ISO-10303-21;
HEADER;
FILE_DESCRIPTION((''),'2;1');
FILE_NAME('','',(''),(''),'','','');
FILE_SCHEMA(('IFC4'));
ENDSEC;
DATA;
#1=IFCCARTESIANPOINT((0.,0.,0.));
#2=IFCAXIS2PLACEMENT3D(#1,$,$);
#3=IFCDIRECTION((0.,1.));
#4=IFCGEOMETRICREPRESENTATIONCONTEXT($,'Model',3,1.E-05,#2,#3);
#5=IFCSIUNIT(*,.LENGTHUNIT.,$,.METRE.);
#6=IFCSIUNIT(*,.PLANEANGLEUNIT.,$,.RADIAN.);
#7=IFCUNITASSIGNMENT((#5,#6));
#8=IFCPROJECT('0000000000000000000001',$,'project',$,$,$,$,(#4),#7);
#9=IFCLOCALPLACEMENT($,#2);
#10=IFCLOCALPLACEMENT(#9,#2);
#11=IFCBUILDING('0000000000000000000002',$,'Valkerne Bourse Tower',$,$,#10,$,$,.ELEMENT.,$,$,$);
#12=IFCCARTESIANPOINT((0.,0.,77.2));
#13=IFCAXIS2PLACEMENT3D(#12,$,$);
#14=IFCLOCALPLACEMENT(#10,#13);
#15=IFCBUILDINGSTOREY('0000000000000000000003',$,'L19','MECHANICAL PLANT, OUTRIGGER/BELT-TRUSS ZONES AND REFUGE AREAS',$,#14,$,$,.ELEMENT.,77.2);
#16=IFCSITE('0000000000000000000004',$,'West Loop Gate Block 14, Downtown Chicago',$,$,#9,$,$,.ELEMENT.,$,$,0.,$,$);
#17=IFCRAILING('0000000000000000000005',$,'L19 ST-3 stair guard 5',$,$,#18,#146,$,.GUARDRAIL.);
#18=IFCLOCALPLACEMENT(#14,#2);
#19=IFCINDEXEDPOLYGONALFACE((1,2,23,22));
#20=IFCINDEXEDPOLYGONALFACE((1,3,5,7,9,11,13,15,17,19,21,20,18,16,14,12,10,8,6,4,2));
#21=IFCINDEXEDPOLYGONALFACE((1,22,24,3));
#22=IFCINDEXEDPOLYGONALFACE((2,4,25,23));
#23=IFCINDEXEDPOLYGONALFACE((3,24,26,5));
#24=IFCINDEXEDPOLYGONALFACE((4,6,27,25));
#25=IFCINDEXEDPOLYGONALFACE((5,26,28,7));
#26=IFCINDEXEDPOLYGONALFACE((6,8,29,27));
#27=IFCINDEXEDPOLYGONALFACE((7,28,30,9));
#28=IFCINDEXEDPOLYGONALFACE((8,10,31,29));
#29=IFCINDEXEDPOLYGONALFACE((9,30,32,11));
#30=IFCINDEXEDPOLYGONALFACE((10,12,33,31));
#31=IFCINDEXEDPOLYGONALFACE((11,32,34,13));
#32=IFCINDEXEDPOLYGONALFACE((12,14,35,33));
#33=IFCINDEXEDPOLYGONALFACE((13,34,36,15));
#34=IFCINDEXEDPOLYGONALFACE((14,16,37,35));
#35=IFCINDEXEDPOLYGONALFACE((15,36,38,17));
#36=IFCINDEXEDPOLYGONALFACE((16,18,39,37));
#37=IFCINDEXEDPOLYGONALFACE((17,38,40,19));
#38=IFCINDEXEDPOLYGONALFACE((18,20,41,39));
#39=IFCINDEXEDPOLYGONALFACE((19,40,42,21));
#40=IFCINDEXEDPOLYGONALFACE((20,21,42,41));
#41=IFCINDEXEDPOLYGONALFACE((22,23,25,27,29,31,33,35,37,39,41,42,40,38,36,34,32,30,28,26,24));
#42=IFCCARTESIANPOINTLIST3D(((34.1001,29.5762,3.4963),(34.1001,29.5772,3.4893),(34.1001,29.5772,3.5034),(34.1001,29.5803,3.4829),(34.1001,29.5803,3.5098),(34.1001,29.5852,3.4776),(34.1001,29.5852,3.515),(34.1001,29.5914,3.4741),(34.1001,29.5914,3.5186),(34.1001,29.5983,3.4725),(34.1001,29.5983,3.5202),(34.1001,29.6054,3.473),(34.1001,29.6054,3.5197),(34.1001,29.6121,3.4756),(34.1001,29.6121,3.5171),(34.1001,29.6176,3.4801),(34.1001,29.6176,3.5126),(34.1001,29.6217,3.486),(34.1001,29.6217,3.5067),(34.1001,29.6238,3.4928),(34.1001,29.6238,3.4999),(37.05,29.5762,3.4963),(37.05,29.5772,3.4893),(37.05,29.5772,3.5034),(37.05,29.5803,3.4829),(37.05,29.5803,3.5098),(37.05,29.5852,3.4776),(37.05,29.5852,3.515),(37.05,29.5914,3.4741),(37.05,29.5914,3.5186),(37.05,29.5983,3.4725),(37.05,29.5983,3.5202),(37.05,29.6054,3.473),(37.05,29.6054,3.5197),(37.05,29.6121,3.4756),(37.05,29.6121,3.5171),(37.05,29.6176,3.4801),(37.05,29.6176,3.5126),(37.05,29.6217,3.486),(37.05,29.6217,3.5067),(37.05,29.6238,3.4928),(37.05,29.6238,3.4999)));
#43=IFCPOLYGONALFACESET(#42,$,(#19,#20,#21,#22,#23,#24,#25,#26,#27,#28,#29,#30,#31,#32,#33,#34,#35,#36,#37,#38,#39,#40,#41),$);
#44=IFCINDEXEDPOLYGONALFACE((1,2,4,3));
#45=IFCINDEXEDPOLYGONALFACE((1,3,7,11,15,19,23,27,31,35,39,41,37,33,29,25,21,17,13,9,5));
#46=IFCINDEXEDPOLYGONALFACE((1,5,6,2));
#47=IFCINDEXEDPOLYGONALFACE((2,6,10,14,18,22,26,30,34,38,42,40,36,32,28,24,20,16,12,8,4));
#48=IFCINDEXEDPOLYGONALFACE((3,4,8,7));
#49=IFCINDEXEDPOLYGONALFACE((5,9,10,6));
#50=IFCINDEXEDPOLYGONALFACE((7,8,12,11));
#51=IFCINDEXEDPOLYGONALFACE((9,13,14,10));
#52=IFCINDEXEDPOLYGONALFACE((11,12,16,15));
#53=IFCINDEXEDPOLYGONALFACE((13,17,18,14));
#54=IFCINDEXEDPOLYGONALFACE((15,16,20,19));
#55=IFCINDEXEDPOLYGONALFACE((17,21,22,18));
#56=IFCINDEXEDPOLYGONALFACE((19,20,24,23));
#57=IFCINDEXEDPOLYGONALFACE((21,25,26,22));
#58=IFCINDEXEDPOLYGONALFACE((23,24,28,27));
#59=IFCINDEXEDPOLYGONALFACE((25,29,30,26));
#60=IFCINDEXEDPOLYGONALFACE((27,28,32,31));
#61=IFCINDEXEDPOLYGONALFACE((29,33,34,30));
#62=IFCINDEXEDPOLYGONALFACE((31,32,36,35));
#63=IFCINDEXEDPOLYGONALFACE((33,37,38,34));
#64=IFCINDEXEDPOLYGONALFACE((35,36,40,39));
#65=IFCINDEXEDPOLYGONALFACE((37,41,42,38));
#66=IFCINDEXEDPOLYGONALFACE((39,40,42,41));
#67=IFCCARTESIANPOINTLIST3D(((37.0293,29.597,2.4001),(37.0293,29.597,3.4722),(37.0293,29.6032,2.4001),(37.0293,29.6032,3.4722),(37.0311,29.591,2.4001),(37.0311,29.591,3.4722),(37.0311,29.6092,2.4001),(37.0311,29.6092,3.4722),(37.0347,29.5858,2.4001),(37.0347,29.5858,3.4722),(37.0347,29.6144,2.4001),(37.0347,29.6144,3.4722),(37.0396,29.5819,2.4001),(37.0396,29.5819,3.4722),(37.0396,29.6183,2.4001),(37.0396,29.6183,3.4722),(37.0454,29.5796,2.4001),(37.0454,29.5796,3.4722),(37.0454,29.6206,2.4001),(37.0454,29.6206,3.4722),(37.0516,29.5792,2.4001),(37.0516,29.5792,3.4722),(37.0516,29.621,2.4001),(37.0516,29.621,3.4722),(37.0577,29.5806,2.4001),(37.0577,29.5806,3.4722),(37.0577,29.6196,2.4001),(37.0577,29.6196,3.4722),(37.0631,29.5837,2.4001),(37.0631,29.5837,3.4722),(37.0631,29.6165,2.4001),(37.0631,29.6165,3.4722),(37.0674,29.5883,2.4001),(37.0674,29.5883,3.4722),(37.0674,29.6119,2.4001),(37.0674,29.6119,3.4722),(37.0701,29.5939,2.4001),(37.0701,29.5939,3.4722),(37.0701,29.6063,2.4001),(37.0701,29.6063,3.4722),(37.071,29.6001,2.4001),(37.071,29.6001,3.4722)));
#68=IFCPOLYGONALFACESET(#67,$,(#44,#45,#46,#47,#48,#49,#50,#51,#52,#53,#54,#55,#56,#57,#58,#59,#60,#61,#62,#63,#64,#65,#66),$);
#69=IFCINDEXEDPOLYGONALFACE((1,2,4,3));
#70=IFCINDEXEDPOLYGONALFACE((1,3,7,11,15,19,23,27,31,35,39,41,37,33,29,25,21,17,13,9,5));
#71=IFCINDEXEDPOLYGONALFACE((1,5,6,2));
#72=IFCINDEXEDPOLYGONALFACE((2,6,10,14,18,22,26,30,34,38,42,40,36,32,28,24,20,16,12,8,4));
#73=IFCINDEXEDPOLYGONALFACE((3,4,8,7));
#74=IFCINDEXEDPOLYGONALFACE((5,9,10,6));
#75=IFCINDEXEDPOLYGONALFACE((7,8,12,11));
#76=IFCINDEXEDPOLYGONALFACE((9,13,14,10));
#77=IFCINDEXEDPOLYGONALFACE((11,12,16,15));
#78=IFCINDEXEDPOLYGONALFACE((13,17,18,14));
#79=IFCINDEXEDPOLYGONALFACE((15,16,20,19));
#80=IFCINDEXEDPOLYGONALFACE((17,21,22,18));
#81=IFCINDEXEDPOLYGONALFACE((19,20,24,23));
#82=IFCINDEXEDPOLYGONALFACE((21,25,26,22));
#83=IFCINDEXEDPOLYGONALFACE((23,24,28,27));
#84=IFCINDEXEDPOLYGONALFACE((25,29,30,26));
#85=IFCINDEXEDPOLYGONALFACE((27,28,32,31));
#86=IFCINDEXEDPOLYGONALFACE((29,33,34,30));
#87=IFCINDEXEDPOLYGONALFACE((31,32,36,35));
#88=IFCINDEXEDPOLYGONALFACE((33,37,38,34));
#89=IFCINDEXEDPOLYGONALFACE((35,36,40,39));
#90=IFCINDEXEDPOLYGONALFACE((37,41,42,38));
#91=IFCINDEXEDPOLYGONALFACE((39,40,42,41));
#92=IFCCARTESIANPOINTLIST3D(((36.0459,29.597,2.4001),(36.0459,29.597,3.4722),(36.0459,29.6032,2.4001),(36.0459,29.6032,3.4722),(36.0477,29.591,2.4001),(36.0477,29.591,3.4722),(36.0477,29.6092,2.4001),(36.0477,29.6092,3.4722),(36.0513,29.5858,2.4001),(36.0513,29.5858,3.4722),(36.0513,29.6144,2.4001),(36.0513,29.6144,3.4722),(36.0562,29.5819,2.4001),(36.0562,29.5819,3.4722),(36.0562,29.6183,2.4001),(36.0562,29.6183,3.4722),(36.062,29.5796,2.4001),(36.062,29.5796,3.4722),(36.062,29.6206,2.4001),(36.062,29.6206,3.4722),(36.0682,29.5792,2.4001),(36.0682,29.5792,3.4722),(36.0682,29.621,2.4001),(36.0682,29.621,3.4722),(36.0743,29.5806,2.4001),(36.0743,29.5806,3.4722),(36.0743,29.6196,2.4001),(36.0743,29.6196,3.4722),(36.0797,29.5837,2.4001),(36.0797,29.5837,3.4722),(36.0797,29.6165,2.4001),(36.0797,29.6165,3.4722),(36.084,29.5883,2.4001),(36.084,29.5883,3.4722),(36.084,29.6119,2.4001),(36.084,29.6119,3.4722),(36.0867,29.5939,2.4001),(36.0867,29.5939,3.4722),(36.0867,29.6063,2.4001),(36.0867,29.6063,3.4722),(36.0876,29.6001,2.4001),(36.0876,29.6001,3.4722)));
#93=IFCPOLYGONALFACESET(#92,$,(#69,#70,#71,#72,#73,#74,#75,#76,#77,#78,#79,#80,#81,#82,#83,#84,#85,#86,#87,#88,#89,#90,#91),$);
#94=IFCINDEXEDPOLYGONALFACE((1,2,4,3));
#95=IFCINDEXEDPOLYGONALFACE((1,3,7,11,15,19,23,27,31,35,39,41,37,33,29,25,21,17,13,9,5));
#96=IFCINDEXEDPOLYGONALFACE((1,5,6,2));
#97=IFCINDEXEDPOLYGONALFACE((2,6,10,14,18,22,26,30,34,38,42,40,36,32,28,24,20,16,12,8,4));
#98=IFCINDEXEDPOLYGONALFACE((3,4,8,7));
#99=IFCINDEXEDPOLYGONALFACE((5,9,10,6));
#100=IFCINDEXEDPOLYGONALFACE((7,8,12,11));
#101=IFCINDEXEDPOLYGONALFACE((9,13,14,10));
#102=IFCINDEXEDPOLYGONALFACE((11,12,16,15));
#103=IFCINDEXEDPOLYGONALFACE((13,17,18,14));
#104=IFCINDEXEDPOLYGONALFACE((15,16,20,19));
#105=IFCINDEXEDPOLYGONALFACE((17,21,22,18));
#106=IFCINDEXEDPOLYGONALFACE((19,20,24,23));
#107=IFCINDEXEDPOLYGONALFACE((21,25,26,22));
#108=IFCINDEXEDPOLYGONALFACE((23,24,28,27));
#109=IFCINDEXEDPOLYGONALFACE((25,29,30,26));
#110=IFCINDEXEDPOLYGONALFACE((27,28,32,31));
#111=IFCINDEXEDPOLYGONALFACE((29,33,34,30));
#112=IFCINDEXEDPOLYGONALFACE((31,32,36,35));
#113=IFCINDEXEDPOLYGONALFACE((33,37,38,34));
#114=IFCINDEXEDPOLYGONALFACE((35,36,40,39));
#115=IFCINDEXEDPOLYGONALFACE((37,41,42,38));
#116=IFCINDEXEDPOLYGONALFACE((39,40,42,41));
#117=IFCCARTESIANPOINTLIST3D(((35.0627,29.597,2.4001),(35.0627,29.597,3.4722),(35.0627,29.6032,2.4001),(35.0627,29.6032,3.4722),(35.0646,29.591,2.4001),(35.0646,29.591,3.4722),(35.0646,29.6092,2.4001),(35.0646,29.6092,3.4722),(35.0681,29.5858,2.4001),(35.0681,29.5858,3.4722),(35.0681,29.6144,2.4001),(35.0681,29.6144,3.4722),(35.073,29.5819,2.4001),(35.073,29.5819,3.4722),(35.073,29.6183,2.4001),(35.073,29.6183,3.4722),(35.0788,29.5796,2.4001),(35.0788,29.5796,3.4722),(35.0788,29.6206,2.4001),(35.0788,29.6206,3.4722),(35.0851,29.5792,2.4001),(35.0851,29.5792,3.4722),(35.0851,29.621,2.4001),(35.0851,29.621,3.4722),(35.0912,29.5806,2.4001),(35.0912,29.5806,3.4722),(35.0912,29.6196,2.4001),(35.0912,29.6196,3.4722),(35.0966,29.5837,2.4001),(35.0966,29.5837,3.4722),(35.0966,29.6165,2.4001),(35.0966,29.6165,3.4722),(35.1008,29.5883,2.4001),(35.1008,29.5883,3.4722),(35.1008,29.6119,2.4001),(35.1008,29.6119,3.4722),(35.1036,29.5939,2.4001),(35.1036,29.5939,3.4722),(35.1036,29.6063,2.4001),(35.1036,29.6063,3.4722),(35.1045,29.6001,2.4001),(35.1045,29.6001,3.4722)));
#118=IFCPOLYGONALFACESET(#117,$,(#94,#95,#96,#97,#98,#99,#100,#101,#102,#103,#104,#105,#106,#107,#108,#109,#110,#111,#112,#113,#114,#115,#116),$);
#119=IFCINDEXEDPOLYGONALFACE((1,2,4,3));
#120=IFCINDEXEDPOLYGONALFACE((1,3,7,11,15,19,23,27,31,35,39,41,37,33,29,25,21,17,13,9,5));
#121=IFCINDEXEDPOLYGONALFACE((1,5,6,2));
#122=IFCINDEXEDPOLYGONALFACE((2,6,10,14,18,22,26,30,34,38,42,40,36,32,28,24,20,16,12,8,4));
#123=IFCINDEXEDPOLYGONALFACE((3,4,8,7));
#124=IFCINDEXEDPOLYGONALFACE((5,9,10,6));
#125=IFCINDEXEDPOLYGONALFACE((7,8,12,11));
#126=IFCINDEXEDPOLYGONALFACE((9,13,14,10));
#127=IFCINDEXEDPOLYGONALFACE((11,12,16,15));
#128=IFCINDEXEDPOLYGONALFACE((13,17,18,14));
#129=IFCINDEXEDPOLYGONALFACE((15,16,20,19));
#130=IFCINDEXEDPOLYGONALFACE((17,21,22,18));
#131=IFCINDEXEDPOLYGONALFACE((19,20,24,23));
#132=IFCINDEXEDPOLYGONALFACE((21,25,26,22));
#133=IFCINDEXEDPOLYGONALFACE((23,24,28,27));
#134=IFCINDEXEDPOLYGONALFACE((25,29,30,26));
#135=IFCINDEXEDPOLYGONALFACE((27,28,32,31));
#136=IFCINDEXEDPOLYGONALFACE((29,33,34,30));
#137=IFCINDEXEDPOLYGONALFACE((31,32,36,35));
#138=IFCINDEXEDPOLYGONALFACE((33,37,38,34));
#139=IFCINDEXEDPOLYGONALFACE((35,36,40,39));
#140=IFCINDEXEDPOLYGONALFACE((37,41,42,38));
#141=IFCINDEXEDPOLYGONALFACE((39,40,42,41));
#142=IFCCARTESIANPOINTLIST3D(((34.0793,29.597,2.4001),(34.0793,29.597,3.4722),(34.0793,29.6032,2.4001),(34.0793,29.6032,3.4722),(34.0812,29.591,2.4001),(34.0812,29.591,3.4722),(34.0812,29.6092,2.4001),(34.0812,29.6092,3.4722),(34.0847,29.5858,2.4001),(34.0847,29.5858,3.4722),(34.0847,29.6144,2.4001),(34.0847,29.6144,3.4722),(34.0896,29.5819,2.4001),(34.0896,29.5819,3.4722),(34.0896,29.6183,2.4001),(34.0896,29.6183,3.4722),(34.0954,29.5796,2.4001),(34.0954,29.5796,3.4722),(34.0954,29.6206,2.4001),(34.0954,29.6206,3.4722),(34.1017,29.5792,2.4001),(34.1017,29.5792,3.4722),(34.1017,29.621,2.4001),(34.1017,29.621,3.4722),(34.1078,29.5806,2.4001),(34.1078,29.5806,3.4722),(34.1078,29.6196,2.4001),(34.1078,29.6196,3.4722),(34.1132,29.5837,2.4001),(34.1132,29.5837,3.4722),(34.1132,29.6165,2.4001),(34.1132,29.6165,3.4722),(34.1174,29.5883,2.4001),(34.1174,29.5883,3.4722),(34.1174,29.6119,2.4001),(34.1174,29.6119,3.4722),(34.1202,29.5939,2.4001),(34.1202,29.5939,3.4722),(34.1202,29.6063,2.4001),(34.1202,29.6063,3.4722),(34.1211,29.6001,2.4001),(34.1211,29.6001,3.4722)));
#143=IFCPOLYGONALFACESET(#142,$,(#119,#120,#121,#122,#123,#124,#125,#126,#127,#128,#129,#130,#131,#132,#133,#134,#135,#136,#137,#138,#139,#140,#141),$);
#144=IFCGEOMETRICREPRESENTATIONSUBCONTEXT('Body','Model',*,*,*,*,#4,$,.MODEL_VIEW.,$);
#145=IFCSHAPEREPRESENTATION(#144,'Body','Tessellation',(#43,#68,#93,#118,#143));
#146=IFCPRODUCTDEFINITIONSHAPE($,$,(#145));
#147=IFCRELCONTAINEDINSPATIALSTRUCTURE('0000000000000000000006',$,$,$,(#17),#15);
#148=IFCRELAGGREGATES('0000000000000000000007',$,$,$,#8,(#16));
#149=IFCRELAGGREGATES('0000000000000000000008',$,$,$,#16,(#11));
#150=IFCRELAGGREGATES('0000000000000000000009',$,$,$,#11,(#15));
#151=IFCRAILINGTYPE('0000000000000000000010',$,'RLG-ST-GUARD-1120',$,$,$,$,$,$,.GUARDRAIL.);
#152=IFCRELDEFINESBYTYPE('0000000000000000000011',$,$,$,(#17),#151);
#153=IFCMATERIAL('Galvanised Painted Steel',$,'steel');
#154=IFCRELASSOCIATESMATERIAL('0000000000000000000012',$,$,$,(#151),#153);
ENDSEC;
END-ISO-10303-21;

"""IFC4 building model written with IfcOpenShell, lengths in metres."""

from ifc_helpers import new_model, si_unit, direction, frame, origin, origin_2d, place, context, subcontext, project, spatial, circle, extrude, material, type_object, element, save


model = new_model("IFC4")

# Units and contexts
model_context = context("Model", 3, precision=1e-05, world=origin(), true_north=direction((0.0, 1.0)))
body_context = subcontext(model_context, "Body", "Model", "MODEL_VIEW")
ifc_project = project(units=[si_unit("LENGTHUNIT", "METRE"), si_unit("PLANEANGLEUNIT", "RADIAN")], contexts=[model_context])

# Site, building, storey
site_placement = place(None, origin())
site = spatial("IfcSite", under=ifc_project, at=site_placement, Name="West Loop Gate Block 14, Downtown Chicago", CompositionType="ELEMENT", RefElevation=0.0)
building_placement = place(site_placement, origin())
building = spatial("IfcBuilding", under=site, at=building_placement, Name="Valkerne Bourse Tower", CompositionType="ELEMENT")
storey_placement = place(building_placement, frame((0.0, 0.0, 77.2)))
storey = spatial("IfcBuildingStorey", under=building, at=storey_placement, Name="L19", Description="MECHANICAL PLANT, OUTRIGGER/BELT-TRUSS ZONES AND REFUGE AREAS", CompositionType="ELEMENT", Elevation=77.2)

# Shared definitions
ifc_material_1 = material(Name="Galvanised Painted Steel", Category="steel")

# Railing
railing_type_1 = type_object("IfcRailingType", Name="RLG-ST-GUARD-1120", PredefinedType="GUARDRAIL", material=ifc_material_1)
railing_1_placement = place(storey_placement, frame((37.05, 29.6001, 2.4001)))
element("IfcRailing", 1, at=railing_1_placement, inside=storey, type_object=railing_type_1, Name="L19 ST-3 stair guard 5", PredefinedType="GUARDRAIL", context=body_context, shape_type="SweptSolid", body=[
    extrude(circle(Radius=0.0239, at=origin_2d()), frame((0.0, 0.0, 1.0962), z_axis=(-1.0, 0.0, 0.0), x_axis=(0.0, -1.0, 0.0)), (0.0, 0.0, 1.0), 2.95),
    extrude(circle(Radius=0.021, at=origin_2d()), origin(), (0.0, 0.0, 1.0), 1.072),
    extrude(circle(Radius=0.021, at=origin_2d()), frame((-0.9834, 0.0, 0.0)), (0.0, 0.0, 1.0), 1.072),
    extrude(circle(Radius=0.021, at=origin_2d()), frame((-1.9666, 0.0, 0.0)), (0.0, 0.0, 1.0), 1.072),
    extrude(circle(Radius=0.021, at=origin_2d()), frame((-2.95, 0.0, 0.0)), (0.0, 0.0, 1.0), 1.072),
])

save(model, "model.ifc")
